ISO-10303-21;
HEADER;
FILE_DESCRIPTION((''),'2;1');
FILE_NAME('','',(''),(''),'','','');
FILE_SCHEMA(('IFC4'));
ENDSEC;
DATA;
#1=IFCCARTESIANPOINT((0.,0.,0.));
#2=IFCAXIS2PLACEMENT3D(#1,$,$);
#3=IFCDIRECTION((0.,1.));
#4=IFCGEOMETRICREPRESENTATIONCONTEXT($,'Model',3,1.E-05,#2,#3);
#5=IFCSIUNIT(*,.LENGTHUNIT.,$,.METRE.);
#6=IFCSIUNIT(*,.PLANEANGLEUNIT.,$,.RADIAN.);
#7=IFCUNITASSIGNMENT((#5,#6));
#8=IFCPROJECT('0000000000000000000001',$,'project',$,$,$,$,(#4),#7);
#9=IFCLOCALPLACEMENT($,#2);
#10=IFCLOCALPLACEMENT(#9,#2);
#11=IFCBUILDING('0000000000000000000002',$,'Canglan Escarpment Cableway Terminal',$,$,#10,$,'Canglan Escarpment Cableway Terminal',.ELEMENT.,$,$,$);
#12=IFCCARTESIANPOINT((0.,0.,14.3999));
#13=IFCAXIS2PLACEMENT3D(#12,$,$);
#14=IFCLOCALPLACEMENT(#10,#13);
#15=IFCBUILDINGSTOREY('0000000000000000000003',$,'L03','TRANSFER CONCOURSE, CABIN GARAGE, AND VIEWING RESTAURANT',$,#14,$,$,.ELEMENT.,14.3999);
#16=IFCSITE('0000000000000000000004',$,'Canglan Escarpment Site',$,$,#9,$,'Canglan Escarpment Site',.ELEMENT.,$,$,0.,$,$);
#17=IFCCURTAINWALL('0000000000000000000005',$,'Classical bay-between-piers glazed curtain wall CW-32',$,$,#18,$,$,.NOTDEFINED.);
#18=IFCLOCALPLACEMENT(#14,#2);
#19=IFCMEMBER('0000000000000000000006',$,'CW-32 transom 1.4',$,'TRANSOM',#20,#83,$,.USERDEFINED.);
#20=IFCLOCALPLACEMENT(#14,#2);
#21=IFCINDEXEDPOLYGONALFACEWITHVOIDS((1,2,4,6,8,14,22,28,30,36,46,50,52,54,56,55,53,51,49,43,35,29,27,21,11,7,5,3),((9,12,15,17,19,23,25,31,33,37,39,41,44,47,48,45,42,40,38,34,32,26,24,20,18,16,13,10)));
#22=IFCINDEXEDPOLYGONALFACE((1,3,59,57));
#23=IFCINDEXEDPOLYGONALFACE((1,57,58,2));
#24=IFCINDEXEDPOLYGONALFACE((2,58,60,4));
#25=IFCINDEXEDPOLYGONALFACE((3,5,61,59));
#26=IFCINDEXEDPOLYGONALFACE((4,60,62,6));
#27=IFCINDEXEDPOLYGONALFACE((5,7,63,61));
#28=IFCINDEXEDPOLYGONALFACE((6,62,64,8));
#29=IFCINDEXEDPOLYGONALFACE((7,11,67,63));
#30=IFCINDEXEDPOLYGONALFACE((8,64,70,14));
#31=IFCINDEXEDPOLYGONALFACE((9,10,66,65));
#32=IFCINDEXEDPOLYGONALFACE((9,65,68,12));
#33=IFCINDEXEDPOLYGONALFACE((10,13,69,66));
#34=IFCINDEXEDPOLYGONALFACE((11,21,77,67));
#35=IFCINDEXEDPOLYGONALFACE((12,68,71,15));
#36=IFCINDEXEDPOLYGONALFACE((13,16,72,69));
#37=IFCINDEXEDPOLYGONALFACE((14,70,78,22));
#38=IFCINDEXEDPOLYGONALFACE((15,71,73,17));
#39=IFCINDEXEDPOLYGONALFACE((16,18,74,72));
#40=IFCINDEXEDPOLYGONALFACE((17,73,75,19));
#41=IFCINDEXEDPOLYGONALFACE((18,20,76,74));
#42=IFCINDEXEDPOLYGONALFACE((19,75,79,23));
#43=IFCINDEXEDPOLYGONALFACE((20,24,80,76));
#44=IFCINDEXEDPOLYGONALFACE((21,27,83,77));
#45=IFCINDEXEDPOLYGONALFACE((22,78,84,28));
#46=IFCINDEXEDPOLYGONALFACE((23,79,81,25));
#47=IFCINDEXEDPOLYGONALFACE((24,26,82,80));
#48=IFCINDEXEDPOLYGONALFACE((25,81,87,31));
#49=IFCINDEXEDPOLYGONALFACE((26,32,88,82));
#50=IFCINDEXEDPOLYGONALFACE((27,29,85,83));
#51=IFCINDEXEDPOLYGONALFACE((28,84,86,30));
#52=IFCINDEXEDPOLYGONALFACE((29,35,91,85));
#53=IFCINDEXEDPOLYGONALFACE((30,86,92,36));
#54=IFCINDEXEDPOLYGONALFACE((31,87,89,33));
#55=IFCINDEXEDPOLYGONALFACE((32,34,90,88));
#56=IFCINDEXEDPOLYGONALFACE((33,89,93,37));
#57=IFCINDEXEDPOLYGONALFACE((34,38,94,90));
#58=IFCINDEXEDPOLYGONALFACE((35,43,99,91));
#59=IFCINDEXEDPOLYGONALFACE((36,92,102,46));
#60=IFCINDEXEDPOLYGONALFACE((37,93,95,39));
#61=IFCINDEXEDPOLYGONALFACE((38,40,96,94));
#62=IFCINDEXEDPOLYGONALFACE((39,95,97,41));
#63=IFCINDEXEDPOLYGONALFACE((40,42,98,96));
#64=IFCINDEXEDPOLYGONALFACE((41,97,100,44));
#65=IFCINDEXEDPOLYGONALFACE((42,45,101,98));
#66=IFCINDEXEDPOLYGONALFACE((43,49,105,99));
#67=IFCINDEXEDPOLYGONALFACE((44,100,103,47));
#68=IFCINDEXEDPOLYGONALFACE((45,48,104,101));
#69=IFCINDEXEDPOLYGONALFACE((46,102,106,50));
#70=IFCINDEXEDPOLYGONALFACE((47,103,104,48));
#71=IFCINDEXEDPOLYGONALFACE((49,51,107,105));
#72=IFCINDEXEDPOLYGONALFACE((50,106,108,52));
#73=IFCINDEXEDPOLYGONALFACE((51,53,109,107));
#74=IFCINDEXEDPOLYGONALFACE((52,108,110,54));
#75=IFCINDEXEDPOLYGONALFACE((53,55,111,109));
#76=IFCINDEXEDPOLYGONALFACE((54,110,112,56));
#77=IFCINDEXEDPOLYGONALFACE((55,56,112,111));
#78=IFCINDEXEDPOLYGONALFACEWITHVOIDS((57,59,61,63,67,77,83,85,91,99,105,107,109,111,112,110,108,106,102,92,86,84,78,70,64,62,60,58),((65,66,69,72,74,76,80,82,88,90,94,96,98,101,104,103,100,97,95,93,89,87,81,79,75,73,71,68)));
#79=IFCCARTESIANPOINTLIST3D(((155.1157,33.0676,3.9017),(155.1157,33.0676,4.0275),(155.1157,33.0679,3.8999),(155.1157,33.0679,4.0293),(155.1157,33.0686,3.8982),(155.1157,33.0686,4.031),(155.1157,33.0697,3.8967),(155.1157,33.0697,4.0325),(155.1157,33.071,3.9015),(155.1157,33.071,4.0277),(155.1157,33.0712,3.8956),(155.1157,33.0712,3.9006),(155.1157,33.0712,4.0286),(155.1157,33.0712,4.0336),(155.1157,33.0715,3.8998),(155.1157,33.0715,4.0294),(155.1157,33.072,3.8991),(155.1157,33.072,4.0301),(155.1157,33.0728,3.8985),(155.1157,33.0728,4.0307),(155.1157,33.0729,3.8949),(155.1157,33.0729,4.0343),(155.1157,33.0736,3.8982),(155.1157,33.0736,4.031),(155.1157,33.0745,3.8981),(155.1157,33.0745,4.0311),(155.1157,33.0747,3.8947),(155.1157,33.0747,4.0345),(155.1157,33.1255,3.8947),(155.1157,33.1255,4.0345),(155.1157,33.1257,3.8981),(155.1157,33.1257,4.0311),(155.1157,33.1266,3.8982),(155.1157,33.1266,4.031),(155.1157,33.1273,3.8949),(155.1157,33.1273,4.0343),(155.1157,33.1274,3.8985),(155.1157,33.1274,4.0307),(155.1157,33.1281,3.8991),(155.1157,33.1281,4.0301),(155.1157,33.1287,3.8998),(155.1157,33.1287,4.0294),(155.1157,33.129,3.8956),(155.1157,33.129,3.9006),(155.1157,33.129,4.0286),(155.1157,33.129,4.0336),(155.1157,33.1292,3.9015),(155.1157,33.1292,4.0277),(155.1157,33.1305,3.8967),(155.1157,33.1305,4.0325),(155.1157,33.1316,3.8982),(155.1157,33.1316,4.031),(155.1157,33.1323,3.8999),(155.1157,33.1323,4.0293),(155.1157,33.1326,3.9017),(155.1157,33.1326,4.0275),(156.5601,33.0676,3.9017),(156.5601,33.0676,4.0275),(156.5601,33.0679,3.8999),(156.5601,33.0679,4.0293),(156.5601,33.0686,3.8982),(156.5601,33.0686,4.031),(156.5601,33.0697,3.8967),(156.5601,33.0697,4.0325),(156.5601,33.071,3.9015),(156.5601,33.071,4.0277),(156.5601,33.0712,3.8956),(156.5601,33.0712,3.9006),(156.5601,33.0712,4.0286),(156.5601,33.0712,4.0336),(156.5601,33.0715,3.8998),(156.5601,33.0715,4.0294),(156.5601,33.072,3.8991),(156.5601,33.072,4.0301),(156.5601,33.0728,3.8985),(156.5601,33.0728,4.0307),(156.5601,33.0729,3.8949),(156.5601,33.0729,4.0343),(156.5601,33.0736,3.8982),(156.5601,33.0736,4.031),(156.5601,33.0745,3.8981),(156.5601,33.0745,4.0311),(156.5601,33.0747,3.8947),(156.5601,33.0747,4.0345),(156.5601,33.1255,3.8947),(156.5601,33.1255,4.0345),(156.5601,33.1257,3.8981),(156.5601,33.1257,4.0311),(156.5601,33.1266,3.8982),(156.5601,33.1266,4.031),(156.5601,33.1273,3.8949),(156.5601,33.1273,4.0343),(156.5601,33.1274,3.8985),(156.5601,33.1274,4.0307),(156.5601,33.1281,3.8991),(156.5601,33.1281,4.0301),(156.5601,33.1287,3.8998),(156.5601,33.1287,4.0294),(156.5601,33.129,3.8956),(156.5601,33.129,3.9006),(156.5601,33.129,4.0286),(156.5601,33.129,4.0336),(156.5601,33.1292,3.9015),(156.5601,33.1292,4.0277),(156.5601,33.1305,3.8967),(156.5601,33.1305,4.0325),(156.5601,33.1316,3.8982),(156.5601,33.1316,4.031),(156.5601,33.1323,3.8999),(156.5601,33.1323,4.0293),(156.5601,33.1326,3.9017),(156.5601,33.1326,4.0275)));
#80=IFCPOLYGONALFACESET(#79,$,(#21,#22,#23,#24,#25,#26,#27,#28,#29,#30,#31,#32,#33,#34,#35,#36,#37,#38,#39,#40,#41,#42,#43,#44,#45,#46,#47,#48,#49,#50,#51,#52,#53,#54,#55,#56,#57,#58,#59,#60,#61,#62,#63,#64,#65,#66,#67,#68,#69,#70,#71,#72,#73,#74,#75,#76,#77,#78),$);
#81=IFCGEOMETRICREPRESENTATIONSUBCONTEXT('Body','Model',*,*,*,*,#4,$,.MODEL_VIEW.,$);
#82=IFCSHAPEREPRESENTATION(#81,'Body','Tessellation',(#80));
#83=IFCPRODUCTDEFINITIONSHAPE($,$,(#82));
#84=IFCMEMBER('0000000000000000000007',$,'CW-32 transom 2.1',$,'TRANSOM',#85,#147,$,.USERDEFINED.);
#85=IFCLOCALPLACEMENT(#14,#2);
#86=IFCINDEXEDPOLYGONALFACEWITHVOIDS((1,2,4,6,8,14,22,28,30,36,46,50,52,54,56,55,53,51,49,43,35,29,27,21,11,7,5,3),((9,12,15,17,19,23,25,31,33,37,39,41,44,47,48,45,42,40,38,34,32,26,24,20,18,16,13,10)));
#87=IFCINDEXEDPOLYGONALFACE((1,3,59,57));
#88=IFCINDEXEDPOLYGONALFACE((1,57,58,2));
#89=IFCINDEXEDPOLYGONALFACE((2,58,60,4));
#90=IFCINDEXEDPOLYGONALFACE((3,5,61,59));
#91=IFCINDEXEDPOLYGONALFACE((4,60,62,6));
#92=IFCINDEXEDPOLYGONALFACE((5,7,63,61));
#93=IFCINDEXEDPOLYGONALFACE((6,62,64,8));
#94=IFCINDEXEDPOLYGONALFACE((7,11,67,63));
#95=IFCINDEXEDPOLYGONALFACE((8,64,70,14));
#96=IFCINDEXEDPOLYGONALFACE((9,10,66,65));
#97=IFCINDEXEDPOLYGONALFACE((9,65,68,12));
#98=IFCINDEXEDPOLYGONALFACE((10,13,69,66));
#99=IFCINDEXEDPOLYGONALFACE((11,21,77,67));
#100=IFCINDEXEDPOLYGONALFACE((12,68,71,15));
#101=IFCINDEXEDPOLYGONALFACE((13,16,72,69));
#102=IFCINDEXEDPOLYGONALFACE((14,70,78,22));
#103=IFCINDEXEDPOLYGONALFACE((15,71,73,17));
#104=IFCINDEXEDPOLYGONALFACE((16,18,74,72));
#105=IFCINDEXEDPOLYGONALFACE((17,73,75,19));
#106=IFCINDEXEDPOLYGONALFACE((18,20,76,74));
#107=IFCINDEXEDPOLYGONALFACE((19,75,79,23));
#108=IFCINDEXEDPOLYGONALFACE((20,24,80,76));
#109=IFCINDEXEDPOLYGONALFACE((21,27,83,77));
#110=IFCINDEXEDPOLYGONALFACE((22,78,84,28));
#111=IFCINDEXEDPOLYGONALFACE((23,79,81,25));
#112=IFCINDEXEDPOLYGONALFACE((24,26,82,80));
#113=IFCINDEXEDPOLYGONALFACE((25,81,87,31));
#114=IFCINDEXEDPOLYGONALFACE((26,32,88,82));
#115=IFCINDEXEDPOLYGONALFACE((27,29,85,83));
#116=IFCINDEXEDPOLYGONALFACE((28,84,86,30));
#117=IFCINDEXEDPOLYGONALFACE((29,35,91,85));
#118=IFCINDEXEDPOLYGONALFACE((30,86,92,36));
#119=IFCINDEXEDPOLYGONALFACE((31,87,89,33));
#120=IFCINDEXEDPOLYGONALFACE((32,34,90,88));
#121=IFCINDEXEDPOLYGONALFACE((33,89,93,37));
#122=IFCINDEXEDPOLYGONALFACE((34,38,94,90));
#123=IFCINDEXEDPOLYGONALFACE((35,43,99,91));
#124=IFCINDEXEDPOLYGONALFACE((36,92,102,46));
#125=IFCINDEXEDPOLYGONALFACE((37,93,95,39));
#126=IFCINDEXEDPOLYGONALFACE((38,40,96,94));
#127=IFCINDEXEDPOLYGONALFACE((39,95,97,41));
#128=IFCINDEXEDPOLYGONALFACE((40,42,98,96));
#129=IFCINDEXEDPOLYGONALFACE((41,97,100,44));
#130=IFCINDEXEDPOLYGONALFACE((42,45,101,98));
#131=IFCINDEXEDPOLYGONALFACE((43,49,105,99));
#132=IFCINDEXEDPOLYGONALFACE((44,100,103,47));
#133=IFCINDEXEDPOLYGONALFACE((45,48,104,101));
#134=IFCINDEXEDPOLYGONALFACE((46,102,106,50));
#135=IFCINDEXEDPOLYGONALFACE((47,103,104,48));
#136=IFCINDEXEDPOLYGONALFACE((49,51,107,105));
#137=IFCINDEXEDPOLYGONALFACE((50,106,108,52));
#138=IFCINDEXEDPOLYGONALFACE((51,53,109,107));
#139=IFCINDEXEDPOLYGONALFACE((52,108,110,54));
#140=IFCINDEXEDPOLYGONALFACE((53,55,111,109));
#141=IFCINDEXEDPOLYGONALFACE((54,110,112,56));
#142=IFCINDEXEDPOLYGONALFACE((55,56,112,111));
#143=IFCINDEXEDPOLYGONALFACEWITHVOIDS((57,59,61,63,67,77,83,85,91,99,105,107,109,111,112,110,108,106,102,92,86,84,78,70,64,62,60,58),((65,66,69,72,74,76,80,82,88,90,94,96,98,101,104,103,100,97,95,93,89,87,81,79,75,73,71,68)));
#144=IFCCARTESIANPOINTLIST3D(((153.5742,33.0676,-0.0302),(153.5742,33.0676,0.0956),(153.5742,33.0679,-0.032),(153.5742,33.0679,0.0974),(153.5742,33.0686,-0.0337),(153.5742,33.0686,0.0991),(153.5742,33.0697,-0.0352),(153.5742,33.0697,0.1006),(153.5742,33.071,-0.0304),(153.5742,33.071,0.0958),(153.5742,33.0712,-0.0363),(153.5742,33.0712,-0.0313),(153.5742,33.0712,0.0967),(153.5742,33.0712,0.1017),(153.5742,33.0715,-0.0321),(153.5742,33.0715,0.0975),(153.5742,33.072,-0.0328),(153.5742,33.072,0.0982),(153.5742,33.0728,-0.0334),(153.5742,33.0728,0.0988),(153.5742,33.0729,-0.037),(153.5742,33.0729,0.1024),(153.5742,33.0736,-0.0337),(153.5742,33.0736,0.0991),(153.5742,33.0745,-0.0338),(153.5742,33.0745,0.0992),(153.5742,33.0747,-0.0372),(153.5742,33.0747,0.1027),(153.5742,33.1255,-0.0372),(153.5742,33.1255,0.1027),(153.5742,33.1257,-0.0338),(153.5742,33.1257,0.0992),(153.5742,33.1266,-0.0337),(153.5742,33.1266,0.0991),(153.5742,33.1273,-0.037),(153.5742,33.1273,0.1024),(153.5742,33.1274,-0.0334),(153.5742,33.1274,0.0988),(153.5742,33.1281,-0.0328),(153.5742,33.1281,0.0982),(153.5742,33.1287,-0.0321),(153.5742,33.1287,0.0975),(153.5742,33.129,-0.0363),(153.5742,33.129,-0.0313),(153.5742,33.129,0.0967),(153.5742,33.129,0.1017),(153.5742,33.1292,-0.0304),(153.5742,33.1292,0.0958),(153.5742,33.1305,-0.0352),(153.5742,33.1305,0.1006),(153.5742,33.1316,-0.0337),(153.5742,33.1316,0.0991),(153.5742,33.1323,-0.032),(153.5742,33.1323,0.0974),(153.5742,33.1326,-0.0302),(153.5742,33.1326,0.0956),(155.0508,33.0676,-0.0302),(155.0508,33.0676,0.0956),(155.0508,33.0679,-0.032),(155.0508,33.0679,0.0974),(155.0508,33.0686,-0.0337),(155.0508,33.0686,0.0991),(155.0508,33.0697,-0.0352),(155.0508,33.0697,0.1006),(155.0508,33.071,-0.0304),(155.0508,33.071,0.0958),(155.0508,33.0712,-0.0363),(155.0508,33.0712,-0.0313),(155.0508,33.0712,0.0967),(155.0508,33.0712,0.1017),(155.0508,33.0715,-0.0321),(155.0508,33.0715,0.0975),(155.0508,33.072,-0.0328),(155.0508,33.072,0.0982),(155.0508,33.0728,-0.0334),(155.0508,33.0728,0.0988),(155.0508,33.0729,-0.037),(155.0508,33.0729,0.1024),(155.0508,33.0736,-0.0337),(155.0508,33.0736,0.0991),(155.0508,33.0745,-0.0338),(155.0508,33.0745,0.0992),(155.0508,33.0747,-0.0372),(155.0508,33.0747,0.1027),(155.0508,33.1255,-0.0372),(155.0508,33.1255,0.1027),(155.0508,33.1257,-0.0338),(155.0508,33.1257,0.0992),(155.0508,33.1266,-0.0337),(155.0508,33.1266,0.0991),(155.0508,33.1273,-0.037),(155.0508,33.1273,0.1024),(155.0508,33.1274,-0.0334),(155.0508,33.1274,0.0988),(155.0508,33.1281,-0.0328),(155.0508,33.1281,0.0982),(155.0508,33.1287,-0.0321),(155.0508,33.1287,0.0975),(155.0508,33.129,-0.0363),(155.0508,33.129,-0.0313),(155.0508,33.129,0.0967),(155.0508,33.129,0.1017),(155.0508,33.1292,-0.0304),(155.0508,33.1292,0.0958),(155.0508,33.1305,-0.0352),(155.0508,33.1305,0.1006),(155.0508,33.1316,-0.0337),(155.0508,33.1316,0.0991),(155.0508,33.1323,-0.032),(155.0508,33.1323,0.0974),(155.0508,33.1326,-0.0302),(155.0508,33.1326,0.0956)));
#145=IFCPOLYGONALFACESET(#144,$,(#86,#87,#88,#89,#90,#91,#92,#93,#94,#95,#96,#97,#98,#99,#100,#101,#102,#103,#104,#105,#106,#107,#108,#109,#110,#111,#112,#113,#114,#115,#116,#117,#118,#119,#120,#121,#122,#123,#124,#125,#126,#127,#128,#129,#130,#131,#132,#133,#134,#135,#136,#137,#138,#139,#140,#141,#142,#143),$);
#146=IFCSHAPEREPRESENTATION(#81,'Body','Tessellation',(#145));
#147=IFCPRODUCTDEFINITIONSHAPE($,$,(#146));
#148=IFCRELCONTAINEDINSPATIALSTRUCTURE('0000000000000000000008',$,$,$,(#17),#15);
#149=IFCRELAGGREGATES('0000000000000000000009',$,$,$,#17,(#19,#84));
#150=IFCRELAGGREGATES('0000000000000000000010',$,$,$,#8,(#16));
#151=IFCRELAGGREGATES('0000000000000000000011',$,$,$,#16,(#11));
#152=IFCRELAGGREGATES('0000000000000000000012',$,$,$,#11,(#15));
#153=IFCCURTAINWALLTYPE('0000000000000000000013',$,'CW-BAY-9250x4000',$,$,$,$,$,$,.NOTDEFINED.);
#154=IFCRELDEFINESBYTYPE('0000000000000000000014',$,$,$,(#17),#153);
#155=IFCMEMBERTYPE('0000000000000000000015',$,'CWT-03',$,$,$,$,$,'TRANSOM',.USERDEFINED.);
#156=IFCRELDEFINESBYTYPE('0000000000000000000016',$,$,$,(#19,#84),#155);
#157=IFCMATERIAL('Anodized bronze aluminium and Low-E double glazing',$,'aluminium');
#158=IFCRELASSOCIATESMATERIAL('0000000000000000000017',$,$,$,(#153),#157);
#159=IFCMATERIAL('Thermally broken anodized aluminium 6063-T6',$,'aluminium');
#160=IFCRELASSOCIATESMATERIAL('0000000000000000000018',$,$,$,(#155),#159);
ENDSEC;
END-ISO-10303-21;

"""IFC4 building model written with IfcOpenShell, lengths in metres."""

from ifc_helpers import new_model, si_unit, direction, frame, origin, origin_2d, place, context, subcontext, project, spatial, hollow_rectangle, extrude, material, material_profile, profile_set, type_object, element, aggregate, save


model = new_model("IFC4")

# Units and contexts
model_context = context("Model", 3, precision=1e-05, world=origin(), true_north=direction((0.0, 1.0)))
body_context = subcontext(model_context, "Body", "Model", "MODEL_VIEW")
ifc_project = project(units=[si_unit("LENGTHUNIT", "METRE"), si_unit("PLANEANGLEUNIT", "RADIAN")], contexts=[model_context])

# Site, building, storey
site_placement = place(None, origin())
site = spatial("IfcSite", under=ifc_project, at=site_placement, Name="Canglan Escarpment Site", LongName="Canglan Escarpment Site", CompositionType="ELEMENT", RefElevation=0.0)
building_placement = place(site_placement, origin())
building = spatial("IfcBuilding", under=site, at=building_placement, Name="Canglan Escarpment Cableway Terminal", LongName="Canglan Escarpment Cableway Terminal", CompositionType="ELEMENT")
storey_placement = place(building_placement, frame((0.0, 0.0, 14.3999)))
storey = spatial("IfcBuildingStorey", under=building, at=storey_placement, Name="L03", Description="TRANSFER CONCOURSE, CABIN GARAGE, AND VIEWING RESTAURANT", CompositionType="ELEMENT", Elevation=14.3999)

# Curtain wall, members
ifc_material_1 = material(Name="Anodized bronze aluminium and Low-E double glazing", Category="aluminium")
curtain_wall_type = type_object("IfcCurtainWallType", Name="CW-BAY-9250x4000", PredefinedType="NOTDEFINED", material=ifc_material_1)
curtain_wall_placement = place(storey_placement, origin())
curtain_wall = element("IfcCurtainWall", 1, at=curtain_wall_placement, inside=storey, type_object=curtain_wall_type, Name="Classical bay-between-piers glazed curtain wall CW-32", PredefinedType="NOTDEFINED")
ifc_material_2 = material(Name="Thermally broken anodized aluminium 6063-T6", Category="aluminium")
ifc_material_profile_1 = material_profile(ifc_material_2, hollow_rectangle(XDim=0.0649, YDim=0.1399, WallThickness=0.0034, InnerFilletRadius=0.0034, OuterFilletRadius=0.0071, at=origin_2d()), Name="ALU-TRAN 65x140x3.5")
ifc_profile_set_1 = profile_set([ifc_material_profile_1], Name="Thermally broken anodized aluminium 6063-T6")
member_type_1 = type_object("IfcMemberType", Name="CWT-03", ElementType="TRANSOM", PredefinedType="USERDEFINED", material=ifc_profile_set_1)
member_1_placement = place(storey_placement, frame((156.5601, 33.1001, 3.9646), z_axis=(-1.0, 0.0, 0.0), x_axis=(0.0, -1.0, 0.0)))
member_1 = element("IfcMember", 2, at=member_1_placement, type_object=member_type_1, Name="CW-32 transom 1.4", ObjectType="TRANSOM", PredefinedType="USERDEFINED", context=body_context, shape_type="SweptSolid", body=[
    extrude(hollow_rectangle(XDim=0.0649, YDim=0.1399, WallThickness=0.0034, InnerFilletRadius=0.0034, OuterFilletRadius=0.0071, at=origin_2d()), origin(), (0.0, 0.0, 1.0), 1.4443),
])
member_2_placement = place(storey_placement, frame((155.0508, 33.1001, 0.0327), z_axis=(-1.0, 0.0, 0.0), x_axis=(0.0, -1.0, 0.0)))
member_2 = element("IfcMember", 3, at=member_2_placement, type_object=member_type_1, Name="CW-32 transom 2.1", ObjectType="TRANSOM", PredefinedType="USERDEFINED", context=body_context, shape_type="SweptSolid", body=[
    extrude(hollow_rectangle(XDim=0.0649, YDim=0.1399, WallThickness=0.0034, InnerFilletRadius=0.0034, OuterFilletRadius=0.0071, at=origin_2d()), origin(), (0.0, 0.0, 1.0), 1.4766),
])
aggregate(curtain_wall, [member_1, member_2])

save(model, "model.ifc")
